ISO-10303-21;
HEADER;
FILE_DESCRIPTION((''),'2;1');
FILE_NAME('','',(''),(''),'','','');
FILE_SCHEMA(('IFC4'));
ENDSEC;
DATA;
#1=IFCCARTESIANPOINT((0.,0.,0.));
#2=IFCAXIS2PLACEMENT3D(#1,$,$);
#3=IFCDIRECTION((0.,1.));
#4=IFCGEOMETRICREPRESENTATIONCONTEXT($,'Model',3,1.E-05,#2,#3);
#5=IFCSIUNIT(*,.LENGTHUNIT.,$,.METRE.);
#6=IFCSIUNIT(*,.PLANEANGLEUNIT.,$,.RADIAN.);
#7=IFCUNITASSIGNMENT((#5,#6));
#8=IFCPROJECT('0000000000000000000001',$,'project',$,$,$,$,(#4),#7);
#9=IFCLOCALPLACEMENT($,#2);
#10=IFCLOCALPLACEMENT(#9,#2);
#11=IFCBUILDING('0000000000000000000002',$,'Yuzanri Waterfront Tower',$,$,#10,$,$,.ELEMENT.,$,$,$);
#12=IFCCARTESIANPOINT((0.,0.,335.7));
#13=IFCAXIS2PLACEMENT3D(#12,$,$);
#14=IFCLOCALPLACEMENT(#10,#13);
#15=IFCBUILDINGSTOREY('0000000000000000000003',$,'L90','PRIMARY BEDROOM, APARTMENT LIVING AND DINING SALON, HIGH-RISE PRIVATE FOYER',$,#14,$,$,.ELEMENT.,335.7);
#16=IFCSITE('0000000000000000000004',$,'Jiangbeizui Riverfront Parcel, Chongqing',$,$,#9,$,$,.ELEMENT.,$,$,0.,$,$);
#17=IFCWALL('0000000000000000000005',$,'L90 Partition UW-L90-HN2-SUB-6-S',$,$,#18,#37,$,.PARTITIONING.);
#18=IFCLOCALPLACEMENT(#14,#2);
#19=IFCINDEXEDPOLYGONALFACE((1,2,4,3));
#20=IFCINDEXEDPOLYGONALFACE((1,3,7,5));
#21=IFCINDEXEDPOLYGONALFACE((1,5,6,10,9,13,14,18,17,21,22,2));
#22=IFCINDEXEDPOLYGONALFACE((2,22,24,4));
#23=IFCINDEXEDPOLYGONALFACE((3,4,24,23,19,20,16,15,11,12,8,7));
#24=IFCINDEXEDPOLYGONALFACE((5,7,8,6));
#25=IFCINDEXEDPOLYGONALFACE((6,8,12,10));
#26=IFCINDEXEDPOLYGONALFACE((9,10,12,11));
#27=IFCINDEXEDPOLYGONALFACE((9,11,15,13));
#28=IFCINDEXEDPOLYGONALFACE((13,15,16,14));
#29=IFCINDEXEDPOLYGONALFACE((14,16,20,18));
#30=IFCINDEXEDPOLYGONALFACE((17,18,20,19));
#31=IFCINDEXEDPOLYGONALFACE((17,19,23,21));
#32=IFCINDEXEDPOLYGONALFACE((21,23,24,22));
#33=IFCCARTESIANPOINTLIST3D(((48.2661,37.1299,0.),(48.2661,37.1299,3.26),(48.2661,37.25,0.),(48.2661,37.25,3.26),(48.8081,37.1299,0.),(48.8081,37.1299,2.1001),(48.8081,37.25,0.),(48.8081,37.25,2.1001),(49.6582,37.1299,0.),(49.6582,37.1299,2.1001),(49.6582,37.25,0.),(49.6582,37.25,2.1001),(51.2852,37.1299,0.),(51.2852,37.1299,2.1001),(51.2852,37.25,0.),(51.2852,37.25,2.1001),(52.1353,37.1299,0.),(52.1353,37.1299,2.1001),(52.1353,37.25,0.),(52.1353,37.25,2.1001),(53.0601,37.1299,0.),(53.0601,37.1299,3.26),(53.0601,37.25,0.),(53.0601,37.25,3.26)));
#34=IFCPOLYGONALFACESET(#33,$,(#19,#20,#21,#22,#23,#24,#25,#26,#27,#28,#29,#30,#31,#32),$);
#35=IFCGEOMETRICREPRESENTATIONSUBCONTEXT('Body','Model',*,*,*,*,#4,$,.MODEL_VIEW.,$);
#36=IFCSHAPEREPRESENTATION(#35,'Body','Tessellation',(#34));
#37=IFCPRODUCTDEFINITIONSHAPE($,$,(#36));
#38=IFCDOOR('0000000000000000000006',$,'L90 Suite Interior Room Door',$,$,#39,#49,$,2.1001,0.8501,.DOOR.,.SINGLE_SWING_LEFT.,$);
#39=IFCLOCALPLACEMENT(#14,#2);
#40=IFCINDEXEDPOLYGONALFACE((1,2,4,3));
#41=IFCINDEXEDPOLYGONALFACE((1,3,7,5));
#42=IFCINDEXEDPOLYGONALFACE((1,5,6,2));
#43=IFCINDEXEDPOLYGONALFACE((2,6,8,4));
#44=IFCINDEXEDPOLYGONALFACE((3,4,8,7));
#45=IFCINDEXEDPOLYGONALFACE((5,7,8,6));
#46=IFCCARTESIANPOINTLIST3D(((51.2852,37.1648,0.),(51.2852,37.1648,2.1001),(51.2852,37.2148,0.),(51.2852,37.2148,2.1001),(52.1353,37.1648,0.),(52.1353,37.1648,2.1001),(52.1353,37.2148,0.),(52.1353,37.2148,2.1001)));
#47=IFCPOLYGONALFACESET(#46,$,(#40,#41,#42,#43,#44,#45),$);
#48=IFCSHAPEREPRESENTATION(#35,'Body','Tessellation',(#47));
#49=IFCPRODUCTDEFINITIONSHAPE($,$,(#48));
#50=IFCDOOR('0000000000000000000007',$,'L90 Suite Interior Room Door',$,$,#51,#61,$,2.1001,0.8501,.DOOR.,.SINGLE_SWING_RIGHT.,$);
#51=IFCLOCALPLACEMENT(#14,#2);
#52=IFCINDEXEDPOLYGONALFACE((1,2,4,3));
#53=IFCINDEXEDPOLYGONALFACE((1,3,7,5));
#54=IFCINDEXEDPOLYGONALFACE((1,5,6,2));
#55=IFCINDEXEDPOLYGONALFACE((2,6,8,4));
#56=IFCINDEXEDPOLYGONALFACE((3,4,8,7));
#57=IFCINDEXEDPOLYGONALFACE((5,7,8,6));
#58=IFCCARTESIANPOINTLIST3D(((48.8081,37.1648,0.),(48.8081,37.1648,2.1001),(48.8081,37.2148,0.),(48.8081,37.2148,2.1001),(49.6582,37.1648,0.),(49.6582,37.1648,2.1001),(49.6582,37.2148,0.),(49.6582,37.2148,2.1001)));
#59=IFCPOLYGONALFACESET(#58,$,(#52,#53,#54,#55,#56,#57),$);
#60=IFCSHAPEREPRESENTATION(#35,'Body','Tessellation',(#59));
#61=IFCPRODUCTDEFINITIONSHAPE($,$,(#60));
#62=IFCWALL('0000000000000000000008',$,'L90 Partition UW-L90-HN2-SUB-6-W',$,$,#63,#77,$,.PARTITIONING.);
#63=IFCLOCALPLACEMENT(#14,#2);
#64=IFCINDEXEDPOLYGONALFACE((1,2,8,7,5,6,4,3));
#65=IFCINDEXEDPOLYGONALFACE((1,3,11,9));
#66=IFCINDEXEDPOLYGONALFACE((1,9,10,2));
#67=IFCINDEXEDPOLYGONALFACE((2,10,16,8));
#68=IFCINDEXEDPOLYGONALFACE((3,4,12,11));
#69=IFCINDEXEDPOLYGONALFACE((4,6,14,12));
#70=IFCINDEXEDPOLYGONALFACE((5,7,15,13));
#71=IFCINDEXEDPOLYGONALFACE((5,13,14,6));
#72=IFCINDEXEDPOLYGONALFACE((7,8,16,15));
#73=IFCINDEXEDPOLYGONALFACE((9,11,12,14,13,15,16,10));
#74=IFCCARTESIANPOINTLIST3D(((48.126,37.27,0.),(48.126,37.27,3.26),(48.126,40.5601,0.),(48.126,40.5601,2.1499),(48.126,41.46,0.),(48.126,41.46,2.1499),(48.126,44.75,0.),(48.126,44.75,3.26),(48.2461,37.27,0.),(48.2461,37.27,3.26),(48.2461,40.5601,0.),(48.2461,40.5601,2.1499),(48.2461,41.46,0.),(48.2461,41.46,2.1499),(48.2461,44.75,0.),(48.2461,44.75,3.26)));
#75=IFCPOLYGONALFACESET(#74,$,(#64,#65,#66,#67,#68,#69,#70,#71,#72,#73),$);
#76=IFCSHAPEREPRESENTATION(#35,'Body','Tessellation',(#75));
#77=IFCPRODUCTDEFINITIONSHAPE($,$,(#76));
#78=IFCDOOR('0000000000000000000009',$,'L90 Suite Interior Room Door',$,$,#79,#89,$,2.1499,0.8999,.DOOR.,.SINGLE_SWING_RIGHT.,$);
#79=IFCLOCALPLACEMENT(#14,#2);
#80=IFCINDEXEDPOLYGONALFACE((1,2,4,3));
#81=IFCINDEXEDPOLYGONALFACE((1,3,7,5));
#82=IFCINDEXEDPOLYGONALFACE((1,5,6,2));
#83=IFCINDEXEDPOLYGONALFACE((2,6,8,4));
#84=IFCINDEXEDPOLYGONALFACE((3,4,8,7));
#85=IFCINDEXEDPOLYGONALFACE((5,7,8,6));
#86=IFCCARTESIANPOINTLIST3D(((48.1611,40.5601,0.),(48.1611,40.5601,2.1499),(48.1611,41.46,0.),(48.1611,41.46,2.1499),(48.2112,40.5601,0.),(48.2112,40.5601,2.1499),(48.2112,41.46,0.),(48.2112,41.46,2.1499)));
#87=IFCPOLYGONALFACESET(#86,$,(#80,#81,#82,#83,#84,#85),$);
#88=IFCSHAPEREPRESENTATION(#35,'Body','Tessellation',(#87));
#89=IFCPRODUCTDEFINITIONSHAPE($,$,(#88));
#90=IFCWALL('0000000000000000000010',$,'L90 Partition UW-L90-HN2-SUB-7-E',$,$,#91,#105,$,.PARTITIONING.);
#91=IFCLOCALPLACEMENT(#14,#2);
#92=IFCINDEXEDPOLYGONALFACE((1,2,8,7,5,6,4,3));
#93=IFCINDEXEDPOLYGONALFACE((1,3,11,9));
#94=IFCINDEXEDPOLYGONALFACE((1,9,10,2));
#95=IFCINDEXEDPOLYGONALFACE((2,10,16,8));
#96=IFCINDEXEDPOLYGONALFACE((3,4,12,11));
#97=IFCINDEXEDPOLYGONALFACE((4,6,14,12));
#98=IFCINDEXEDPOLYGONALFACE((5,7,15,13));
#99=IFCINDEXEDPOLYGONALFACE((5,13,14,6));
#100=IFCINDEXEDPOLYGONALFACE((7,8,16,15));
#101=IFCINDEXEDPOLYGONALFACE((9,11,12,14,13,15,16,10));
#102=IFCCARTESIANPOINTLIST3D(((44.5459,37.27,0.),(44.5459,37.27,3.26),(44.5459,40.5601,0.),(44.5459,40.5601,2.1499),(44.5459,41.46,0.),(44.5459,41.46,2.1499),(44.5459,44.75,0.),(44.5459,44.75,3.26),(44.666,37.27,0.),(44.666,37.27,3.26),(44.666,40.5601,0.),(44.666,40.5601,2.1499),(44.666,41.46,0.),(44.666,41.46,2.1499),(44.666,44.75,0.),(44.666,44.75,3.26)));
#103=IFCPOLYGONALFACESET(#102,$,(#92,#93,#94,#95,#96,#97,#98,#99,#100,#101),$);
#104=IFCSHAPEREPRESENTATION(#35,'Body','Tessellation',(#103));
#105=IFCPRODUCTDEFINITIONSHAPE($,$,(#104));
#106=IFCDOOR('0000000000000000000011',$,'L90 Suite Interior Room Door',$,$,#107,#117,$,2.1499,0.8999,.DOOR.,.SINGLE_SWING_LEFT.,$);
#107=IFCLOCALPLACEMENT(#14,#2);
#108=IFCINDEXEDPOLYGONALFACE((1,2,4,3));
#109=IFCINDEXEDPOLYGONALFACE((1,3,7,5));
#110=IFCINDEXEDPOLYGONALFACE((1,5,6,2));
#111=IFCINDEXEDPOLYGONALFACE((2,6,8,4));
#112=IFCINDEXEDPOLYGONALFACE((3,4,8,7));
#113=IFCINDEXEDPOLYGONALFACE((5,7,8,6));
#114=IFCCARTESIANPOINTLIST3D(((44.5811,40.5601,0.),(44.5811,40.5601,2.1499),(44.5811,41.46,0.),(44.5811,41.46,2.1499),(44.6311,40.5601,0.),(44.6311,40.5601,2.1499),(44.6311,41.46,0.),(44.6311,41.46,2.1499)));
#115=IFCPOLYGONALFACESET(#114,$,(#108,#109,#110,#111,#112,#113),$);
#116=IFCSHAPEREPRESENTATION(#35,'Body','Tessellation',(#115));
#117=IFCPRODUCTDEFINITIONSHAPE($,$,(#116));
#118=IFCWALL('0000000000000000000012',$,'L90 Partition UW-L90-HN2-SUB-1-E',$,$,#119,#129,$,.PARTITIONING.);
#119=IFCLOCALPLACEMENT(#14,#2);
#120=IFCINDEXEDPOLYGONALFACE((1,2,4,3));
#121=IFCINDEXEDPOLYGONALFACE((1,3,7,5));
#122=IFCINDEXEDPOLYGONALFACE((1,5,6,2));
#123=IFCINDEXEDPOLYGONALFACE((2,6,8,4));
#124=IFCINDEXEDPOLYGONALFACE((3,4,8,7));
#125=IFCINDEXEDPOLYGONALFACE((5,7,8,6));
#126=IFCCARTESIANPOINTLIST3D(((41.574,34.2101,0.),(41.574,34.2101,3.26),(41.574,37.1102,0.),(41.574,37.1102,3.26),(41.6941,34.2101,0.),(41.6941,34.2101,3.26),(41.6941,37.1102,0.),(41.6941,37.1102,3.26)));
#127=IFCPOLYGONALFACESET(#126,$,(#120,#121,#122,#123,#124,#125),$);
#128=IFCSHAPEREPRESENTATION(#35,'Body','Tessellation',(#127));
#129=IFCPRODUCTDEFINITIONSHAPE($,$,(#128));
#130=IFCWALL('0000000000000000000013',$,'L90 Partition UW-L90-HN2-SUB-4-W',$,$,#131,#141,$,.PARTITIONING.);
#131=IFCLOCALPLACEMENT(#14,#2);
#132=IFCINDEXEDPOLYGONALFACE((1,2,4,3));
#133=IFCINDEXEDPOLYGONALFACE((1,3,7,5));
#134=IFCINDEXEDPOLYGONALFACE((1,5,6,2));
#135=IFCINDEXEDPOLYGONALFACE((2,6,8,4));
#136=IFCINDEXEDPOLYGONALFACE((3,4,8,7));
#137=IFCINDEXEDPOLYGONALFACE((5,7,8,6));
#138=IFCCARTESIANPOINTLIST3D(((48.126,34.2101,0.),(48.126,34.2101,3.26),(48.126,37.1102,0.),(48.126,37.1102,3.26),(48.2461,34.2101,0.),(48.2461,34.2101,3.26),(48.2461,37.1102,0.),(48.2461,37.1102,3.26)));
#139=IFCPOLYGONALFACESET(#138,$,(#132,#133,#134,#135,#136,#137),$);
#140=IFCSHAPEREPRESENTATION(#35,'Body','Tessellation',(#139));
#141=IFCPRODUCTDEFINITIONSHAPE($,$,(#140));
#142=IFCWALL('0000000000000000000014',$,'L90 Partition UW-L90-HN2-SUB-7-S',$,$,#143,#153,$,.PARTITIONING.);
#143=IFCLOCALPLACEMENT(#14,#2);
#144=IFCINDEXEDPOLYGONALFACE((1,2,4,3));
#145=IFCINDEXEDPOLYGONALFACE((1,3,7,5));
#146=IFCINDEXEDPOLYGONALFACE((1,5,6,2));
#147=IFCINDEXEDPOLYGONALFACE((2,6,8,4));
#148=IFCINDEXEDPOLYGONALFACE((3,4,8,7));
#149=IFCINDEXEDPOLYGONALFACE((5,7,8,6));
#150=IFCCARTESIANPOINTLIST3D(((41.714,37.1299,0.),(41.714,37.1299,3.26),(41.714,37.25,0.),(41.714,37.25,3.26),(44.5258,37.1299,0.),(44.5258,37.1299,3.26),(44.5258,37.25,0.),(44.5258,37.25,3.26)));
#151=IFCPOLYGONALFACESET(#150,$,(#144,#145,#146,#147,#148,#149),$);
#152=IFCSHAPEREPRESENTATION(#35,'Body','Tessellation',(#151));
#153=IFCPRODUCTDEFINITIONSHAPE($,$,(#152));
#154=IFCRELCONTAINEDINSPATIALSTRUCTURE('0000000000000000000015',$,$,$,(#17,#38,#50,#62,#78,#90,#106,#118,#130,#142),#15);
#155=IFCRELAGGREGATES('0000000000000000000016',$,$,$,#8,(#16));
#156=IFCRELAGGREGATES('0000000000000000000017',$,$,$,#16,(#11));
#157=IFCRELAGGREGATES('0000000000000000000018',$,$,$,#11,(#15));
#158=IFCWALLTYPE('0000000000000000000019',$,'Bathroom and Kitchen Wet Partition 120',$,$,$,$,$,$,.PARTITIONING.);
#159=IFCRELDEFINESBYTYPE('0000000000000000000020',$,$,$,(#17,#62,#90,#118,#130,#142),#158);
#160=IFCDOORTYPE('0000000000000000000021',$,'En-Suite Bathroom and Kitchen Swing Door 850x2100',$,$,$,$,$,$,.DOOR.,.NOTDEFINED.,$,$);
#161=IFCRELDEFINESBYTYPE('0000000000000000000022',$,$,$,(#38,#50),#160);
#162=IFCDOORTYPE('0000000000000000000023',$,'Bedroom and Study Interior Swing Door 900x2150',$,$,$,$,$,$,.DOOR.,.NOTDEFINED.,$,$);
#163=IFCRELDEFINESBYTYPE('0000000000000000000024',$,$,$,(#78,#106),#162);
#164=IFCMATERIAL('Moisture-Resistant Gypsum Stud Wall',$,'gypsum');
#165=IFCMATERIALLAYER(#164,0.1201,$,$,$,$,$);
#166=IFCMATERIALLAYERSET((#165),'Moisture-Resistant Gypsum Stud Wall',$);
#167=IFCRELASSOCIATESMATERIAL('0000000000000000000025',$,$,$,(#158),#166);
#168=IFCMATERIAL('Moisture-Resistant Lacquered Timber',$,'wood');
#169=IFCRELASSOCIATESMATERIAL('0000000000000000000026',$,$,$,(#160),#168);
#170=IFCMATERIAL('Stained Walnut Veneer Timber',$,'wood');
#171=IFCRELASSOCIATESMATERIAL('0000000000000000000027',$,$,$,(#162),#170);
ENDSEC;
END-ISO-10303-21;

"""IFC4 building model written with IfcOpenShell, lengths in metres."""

from ifc_helpers import new_model, si_unit, direction, frame, frame_2d, origin, place, context, subcontext, project, spatial, rectangle, extrude, source, transform, mapped, material, layer, layer_set, type_object, element, fill, save


model = new_model("IFC4")

# Units and contexts
model_context = context("Model", 3, precision=1e-05, world=origin(), true_north=direction((0.0, 1.0)))
body_context = subcontext(model_context, "Body", "Model", "MODEL_VIEW")
ifc_project = project(units=[si_unit("LENGTHUNIT", "METRE"), si_unit("PLANEANGLEUNIT", "RADIAN")], contexts=[model_context])

# Site, building, storey
site_placement = place(None, origin())
site = spatial("IfcSite", under=ifc_project, at=site_placement, Name="Jiangbeizui Riverfront Parcel, Chongqing", CompositionType="ELEMENT", RefElevation=0.0)
building_placement = place(site_placement, origin())
building = spatial("IfcBuilding", under=site, at=building_placement, Name="Yuzanri Waterfront Tower", CompositionType="ELEMENT")
storey_placement = place(building_placement, frame((0.0, 0.0, 335.7)))
storey = spatial("IfcBuildingStorey", under=building, at=storey_placement, Name="L90", Description="PRIMARY BEDROOM, APARTMENT LIVING AND DINING SALON, HIGH-RISE PRIVATE FOYER", CompositionType="ELEMENT", Elevation=335.7)

# Shared definitions
ifc_material_1 = material(Name="Moisture-Resistant Gypsum Stud Wall", Category="gypsum")
ifc_layer_1 = layer(ifc_material_1, 0.1201)
ifc_layer_set_1 = layer_set([ifc_layer_1], Name="Moisture-Resistant Gypsum Stud Wall")
wall_type = type_object("IfcWallType", Name="Bathroom and Kitchen Wet Partition 120", PredefinedType="PARTITIONING", material=ifc_layer_set_1)
ifc_material_2 = material(Name="Moisture-Resistant Lacquered Timber", Category="wood")
door_type_1 = type_object("IfcDoorType", Name="En-Suite Bathroom and Kitchen Swing Door 850x2100", OperationType="NOTDEFINED", PredefinedType="DOOR", material=ifc_material_2)
shared_shape_1 = source(origin(), body_context, "Body", "SweptSolid", [
    extrude(rectangle(XDim=0.8501, YDim=2.1001, at=frame_2d((0.425, 1.05))), frame((0.0, 0.0249, 0.0), z_axis=(0.0, -1.0, 0.0), x_axis=(1.0, 0.0, 0.0)), (0.0, 0.0, 1.0), 0.05),
])
ifc_material_3 = material(Name="Stained Walnut Veneer Timber", Category="wood")
door_type_2 = type_object("IfcDoorType", Name="Bedroom and Study Interior Swing Door 900x2150", OperationType="NOTDEFINED", PredefinedType="DOOR", material=ifc_material_3)
shared_shape_2 = source(origin(), body_context, "Body", "SweptSolid", [
    extrude(rectangle(XDim=0.8999, YDim=2.1499, at=frame_2d((0.45, 1.075))), frame((0.0, 0.0249, 0.0), z_axis=(0.0, -1.0, 0.0), x_axis=(1.0, 0.0, 0.0)), (0.0, 0.0, 1.0), 0.05),
])

# Wall, openings, doors
wall_1_placement = place(storey_placement, frame((48.2661, 37.1899, 0.0), z_axis=(0.0, 0.0, 1.0), x_axis=(1.0, 0.0, 0.0)))
wall_1 = element("IfcWall", 1, at=wall_1_placement, inside=storey, type_object=wall_type, Name="L90 Partition UW-L90-HN2-SUB-6-S", PredefinedType="PARTITIONING", context=body_context, shape_type="SweptSolid", body=[
    extrude(rectangle(XDim=4.7939, YDim=0.1201, at=frame_2d((2.397, 0.0))), origin(), (0.0, 0.0, 1.0), 3.26),
])
opening_1_placement = place(wall_1_placement, frame((3.019, 0.0, 0.0)))
opening_1 = element("IfcOpeningElement", 2, at=opening_1_placement, cuts=wall_1, PredefinedType="OPENING", context=body_context, shape_type="SweptSolid", body=[
    extrude(rectangle(XDim=0.8501, YDim=2.1001, at=frame_2d((0.425, 1.05))), frame((0.0, 0.075, 0.0), z_axis=(0.0, -1.0, 0.0), x_axis=(1.0, 0.0, 0.0)), (0.0, 0.0, 1.0), 0.1499),
])
opening_2_placement = place(wall_1_placement, frame((0.542, 0.0, 0.0)))
opening_2 = element("IfcOpeningElement", 3, at=opening_2_placement, cuts=wall_1, PredefinedType="OPENING", context=body_context, shape_type="SweptSolid", body=[
    extrude(rectangle(XDim=0.8501, YDim=2.1001, at=frame_2d((0.425, 1.05))), frame((0.0, 0.075, 0.0), z_axis=(0.0, -1.0, 0.0), x_axis=(1.0, 0.0, 0.0)), (0.0, 0.0, 1.0), 0.1499),
])
door_1_placement = place(opening_1_placement, origin())
door_1 = element("IfcDoor", 4, at=door_1_placement, inside=storey, type_object=door_type_1, Name="L90 Suite Interior Room Door", OperationType="SINGLE_SWING_LEFT", OverallHeight=2.1001, OverallWidth=0.8501, PredefinedType="DOOR", context=body_context, shape_type="MappedRepresentation", body=[
    mapped(shared_shape_1, transform((0.0, 0.0, 0.0), scale=1.0)),
])
fill(opening_1, door_1)
door_2_placement = place(opening_2_placement, origin())
door_2 = element("IfcDoor", 5, at=door_2_placement, inside=storey, type_object=door_type_1, Name="L90 Suite Interior Room Door", OperationType="SINGLE_SWING_RIGHT", OverallHeight=2.1001, OverallWidth=0.8501, PredefinedType="DOOR", context=body_context, shape_type="MappedRepresentation", body=[
    mapped(shared_shape_1, transform((0.0, 0.0, 0.0), scale=1.0)),
])
fill(opening_2, door_2)

# Walls, openings, doors
wall_2_placement = place(storey_placement, frame((48.186, 37.27, 0.0), z_axis=(0.0, 0.0, 1.0), x_axis=(0.0, 1.0, 0.0)))
wall_2 = element("IfcWall", 6, at=wall_2_placement, inside=storey, type_object=wall_type, Name="L90 Partition UW-L90-HN2-SUB-6-W", PredefinedType="PARTITIONING", context=body_context, shape_type="SweptSolid", body=[
    extrude(rectangle(XDim=7.48, YDim=0.1201, at=frame_2d((3.74, 0.0))), origin(), (0.0, 0.0, 1.0), 3.26),
])
opening_3_placement = place(wall_2_placement, frame((3.29, 0.0, 0.0)))
opening_3 = element("IfcOpeningElement", 7, at=opening_3_placement, cuts=wall_2, PredefinedType="OPENING", context=body_context, shape_type="SweptSolid", body=[
    extrude(rectangle(XDim=0.8999, YDim=2.1499, at=frame_2d((0.45, 1.075))), frame((0.0, 0.075, 0.0), z_axis=(0.0, -1.0, 0.0), x_axis=(1.0, 0.0, 0.0)), (0.0, 0.0, 1.0), 0.1499),
])
door_3_placement = place(opening_3_placement, origin())
door_3 = element("IfcDoor", 8, at=door_3_placement, inside=storey, type_object=door_type_2, Name="L90 Suite Interior Room Door", OperationType="SINGLE_SWING_RIGHT", OverallHeight=2.1499, OverallWidth=0.8999, PredefinedType="DOOR", context=body_context, shape_type="MappedRepresentation", body=[
    mapped(shared_shape_2, transform((0.0, 0.0, 0.0), scale=1.0)),
])
fill(opening_3, door_3)
wall_3_placement = place(storey_placement, frame((44.606, 37.27, 0.0), z_axis=(0.0, 0.0, 1.0), x_axis=(0.0, 1.0, 0.0)))
wall_3 = element("IfcWall", 9, at=wall_3_placement, inside=storey, type_object=wall_type, Name="L90 Partition UW-L90-HN2-SUB-7-E", PredefinedType="PARTITIONING", context=body_context, shape_type="SweptSolid", body=[
    extrude(rectangle(XDim=7.48, YDim=0.1201, at=frame_2d((3.74, 0.0))), origin(), (0.0, 0.0, 1.0), 3.26),
])
opening_4_placement = place(wall_3_placement, frame((3.29, 0.0, 0.0)))
opening_4 = element("IfcOpeningElement", 10, at=opening_4_placement, cuts=wall_3, PredefinedType="OPENING", context=body_context, shape_type="SweptSolid", body=[
    extrude(rectangle(XDim=0.8999, YDim=2.1499, at=frame_2d((0.45, 1.075))), frame((0.0, 0.075, 0.0), z_axis=(0.0, -1.0, 0.0), x_axis=(1.0, 0.0, 0.0)), (0.0, 0.0, 1.0), 0.1499),
])
door_4_placement = place(opening_4_placement, origin())
door_4 = element("IfcDoor", 11, at=door_4_placement, inside=storey, type_object=door_type_2, Name="L90 Suite Interior Room Door", OperationType="SINGLE_SWING_LEFT", OverallHeight=2.1499, OverallWidth=0.8999, PredefinedType="DOOR", context=body_context, shape_type="MappedRepresentation", body=[
    mapped(shared_shape_2, transform((0.0, 0.0, 0.0), scale=1.0)),
])
fill(opening_4, door_4)

# Walls
shared_shape_3 = source(origin(), body_context, "Body", "SweptSolid", [
    extrude(rectangle(XDim=2.9001, YDim=0.1201, at=frame_2d((1.4502, 0.0))), origin(), (0.0, 0.0, 1.0), 3.26),
])
for number, where, z_axis, x_axis, name in (
    (12, (41.634, 34.21, 0.0), (0.0, 0.0, 1.0), (0.0, 1.0, 0.0), "L90 Partition UW-L90-HN2-SUB-1-E"),
    (13, (48.186, 34.21, 0.0), (0.0, 0.0, 1.0), (0.0, 1.0, 0.0), "L90 Partition UW-L90-HN2-SUB-4-W"),
):
    element("IfcWall", number, at=place(storey_placement, frame(where, z_axis=z_axis, x_axis=x_axis)), inside=storey, type_object=wall_type, Name=name, PredefinedType="PARTITIONING", context=body_context, shape_type="MappedRepresentation", body=[
        mapped(shared_shape_3, transform((0.0, 0.0, 0.0), scale=1.0)),
    ])
shared_shape_4 = source(origin(), body_context, "Body", "SweptSolid", [
    extrude(rectangle(XDim=2.8118, YDim=0.1201, at=frame_2d((1.4058, 0.0))), origin(), (0.0, 0.0, 1.0), 3.26),
])
wall_4_placement = place(storey_placement, frame((41.7141, 37.1899, 0.0), z_axis=(0.0, 0.0, 1.0), x_axis=(1.0, 0.0, 0.0)))
element("IfcWall", 14, at=wall_4_placement, inside=storey, type_object=wall_type, Name="L90 Partition UW-L90-HN2-SUB-7-S", PredefinedType="PARTITIONING", context=body_context, shape_type="MappedRepresentation", body=[
    mapped(shared_shape_4, transform((0.0, 0.0, 0.0), scale=1.0)),
])

save(model, "model.ifc")
